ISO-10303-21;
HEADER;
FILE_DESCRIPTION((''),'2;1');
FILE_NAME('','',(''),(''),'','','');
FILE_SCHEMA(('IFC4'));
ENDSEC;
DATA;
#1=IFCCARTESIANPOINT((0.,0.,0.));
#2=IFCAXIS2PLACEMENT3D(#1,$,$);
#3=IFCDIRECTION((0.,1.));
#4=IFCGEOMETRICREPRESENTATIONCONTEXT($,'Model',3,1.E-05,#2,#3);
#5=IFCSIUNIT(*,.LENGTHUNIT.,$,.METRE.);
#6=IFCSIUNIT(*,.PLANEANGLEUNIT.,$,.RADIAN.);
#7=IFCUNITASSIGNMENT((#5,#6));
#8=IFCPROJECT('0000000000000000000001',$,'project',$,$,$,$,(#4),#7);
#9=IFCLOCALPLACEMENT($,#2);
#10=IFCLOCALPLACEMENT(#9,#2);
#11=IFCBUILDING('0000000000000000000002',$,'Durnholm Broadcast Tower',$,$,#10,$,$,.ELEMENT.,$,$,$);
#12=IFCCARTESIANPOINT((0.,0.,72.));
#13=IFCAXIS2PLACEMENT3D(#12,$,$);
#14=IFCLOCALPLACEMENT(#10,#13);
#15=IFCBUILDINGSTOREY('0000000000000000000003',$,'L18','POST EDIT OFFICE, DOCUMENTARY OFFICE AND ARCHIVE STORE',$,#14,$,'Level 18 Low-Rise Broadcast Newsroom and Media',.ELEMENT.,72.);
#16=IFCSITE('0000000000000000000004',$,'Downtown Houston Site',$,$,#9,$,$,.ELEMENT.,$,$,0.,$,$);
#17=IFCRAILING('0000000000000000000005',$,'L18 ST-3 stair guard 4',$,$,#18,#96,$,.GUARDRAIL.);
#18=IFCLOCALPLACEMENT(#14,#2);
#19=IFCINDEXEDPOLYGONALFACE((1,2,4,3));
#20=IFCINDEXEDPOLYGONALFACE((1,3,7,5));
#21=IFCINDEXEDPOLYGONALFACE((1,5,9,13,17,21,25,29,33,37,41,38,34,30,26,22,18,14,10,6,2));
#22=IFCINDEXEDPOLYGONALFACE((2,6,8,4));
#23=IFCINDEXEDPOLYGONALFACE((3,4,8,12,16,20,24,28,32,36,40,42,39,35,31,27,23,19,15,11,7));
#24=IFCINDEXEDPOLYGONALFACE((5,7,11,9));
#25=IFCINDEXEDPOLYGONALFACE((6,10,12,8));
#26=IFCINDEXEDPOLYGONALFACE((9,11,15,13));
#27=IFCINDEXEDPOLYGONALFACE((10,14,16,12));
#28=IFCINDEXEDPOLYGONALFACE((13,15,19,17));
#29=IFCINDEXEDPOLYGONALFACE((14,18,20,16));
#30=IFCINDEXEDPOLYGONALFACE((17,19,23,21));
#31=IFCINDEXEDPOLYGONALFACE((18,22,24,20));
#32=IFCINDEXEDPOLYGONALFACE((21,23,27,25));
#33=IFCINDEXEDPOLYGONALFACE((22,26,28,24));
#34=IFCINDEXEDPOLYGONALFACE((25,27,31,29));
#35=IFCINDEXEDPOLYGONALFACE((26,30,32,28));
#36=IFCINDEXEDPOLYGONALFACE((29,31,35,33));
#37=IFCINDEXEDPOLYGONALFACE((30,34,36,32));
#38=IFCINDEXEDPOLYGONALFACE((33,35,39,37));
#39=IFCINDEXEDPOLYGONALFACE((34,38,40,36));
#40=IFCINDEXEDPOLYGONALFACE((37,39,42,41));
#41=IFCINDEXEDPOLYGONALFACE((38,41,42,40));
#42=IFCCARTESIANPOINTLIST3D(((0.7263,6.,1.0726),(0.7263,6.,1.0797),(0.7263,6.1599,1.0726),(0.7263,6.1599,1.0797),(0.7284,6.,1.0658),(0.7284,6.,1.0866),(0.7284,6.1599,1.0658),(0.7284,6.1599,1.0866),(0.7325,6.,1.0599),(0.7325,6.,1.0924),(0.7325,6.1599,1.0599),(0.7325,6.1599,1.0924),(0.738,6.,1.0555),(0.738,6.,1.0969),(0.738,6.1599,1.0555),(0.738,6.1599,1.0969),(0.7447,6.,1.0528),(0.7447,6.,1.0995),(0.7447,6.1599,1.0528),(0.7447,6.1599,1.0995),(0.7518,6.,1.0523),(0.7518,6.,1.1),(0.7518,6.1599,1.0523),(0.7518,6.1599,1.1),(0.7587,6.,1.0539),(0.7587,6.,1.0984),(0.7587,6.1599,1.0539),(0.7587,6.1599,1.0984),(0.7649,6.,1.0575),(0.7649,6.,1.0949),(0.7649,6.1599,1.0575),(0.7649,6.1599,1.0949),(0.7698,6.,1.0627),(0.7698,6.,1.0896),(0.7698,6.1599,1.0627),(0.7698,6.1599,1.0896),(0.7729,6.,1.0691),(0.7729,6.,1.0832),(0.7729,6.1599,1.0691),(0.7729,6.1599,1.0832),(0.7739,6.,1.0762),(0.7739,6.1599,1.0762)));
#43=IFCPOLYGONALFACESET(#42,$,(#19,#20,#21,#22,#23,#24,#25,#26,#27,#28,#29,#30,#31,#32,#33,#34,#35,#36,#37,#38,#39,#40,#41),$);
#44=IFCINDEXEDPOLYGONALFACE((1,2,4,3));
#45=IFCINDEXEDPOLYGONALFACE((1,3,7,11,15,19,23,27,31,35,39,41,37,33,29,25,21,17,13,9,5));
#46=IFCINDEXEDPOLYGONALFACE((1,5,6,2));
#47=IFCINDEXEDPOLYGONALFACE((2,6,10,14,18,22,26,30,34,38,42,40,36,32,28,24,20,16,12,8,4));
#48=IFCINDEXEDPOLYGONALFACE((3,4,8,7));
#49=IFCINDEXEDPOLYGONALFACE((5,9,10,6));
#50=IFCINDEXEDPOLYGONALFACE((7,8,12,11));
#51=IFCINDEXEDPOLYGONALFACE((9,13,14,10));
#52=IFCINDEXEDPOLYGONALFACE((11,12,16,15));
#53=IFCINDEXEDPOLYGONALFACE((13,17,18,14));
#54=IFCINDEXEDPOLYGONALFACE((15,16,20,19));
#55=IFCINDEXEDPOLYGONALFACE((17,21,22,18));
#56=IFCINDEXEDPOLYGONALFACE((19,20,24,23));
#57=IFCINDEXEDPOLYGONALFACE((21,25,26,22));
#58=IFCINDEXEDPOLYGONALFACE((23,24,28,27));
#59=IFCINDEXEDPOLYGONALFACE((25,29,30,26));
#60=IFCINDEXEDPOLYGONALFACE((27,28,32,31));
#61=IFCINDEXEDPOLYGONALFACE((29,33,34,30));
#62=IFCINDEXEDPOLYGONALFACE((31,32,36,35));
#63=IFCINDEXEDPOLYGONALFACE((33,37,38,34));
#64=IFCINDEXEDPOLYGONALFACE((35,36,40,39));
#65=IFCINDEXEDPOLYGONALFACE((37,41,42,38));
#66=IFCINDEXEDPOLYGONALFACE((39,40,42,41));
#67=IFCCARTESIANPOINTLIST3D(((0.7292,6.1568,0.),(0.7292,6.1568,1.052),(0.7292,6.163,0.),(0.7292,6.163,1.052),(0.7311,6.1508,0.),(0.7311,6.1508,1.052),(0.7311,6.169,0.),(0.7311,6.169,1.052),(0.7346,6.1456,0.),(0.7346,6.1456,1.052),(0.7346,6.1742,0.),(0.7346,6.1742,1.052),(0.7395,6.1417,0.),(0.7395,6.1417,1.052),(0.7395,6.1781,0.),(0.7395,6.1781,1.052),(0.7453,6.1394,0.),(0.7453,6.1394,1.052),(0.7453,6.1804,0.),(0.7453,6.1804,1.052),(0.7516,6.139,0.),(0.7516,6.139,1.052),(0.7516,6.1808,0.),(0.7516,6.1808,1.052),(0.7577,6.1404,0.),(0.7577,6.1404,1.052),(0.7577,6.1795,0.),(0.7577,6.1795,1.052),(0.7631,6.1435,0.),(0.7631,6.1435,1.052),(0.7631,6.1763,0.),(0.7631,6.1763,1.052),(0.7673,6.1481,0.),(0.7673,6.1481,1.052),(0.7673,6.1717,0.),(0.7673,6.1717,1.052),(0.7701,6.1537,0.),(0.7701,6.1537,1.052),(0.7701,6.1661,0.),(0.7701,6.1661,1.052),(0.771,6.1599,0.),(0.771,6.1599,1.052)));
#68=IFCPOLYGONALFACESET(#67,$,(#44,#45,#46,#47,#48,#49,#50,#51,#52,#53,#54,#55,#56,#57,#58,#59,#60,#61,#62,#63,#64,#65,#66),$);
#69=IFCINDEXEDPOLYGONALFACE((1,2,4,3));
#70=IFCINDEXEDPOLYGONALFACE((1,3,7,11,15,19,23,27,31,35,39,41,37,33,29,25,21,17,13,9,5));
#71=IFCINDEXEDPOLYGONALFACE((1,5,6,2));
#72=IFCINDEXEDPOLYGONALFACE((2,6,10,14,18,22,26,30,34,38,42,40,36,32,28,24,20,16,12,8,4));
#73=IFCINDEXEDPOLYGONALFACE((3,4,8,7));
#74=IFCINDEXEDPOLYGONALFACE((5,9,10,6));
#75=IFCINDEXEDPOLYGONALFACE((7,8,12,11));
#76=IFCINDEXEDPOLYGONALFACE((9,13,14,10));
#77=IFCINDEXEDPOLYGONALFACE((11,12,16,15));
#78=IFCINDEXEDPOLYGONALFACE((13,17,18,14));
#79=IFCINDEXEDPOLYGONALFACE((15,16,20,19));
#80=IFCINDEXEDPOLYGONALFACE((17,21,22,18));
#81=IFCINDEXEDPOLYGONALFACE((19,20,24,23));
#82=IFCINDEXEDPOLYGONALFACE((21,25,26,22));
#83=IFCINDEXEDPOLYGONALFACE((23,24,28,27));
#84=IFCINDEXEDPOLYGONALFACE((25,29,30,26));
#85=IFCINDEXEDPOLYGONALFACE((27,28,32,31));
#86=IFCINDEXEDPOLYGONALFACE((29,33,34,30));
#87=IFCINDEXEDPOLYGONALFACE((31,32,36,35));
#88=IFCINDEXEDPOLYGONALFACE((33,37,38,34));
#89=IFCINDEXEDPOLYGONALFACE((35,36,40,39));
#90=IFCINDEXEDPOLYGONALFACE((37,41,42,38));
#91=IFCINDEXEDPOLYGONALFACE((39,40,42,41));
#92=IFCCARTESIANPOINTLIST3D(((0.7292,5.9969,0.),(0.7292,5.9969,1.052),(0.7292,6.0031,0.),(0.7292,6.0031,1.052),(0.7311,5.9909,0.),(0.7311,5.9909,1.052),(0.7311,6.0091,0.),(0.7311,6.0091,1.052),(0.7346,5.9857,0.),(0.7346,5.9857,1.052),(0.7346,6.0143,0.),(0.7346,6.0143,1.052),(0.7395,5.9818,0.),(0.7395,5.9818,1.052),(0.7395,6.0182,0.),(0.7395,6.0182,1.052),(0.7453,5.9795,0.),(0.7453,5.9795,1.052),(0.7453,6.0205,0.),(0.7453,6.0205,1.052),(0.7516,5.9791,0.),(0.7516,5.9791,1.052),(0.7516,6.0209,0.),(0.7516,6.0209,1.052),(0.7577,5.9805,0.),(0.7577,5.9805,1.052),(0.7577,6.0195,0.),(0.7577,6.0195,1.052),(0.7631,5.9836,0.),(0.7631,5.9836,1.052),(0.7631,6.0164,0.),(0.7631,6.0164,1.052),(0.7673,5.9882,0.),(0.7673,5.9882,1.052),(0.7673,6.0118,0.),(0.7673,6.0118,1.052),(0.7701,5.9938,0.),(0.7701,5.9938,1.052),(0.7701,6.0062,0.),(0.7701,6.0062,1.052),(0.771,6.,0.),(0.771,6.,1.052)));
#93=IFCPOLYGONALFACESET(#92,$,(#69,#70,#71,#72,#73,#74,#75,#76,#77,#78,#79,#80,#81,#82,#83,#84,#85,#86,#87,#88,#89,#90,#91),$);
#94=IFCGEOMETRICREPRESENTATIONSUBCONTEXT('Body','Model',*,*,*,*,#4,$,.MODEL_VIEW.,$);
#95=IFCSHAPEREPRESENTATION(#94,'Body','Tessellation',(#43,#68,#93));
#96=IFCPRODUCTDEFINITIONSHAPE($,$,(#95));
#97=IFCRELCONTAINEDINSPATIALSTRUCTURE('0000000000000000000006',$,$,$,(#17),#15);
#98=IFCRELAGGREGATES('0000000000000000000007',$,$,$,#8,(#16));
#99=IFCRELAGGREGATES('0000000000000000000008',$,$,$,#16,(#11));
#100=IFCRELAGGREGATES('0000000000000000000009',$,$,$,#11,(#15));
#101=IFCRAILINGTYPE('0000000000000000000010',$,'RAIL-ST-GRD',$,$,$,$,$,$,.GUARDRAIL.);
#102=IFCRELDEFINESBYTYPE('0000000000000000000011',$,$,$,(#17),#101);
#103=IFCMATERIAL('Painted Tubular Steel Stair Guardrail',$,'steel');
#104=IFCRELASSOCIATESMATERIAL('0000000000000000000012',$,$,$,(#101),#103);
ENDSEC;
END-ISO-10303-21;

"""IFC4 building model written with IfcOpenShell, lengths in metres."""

from ifc_helpers import new_model, si_unit, direction, frame, origin, origin_2d, place, context, subcontext, project, spatial, circle, extrude, material, type_object, element, save


model = new_model("IFC4")

# Units and contexts
model_context = context("Model", 3, precision=1e-05, world=origin(), true_north=direction((0.0, 1.0)))
body_context = subcontext(model_context, "Body", "Model", "MODEL_VIEW")
ifc_project = project(units=[si_unit("LENGTHUNIT", "METRE"), si_unit("PLANEANGLEUNIT", "RADIAN")], contexts=[model_context])

# Site, building, storey
site_placement = place(None, origin())
site = spatial("IfcSite", under=ifc_project, at=site_placement, Name="Downtown Houston Site", CompositionType="ELEMENT", RefElevation=0.0)
building_placement = place(site_placement, origin())
building = spatial("IfcBuilding", under=site, at=building_placement, Name="Durnholm Broadcast Tower", CompositionType="ELEMENT")
storey_placement = place(building_placement, frame((0.0, 0.0, 72.0)))
storey = spatial("IfcBuildingStorey", under=building, at=storey_placement, Name="L18", Description="POST EDIT OFFICE, DOCUMENTARY OFFICE AND ARCHIVE STORE", LongName="Level 18 Low-Rise Broadcast Newsroom and Media", CompositionType="ELEMENT", Elevation=72.0)

# Railing
ifc_material_1 = material(Name="Painted Tubular Steel Stair Guardrail", Category="steel")
railing_type_1 = type_object("IfcRailingType", Name="RAIL-ST-GRD", PredefinedType="GUARDRAIL", material=ifc_material_1)
railing_1_placement = place(storey_placement, frame((0.75, 6.1599, 0.0)))
element("IfcRailing", 1, at=railing_1_placement, inside=storey, type_object=railing_type_1, Name="L18 ST-3 stair guard 4", PredefinedType="GUARDRAIL", context=body_context, shape_type="SweptSolid", body=[
    extrude(circle(Radius=0.0239, at=origin_2d()), frame((0.0, 0.0, 1.0762), z_axis=(0.0, -1.0, 0.0), x_axis=(1.0, 0.0, 0.0)), (0.0, 0.0, 1.0), 0.1599),
    extrude(circle(Radius=0.021, at=origin_2d()), origin(), (0.0, 0.0, 1.0), 1.052),
    extrude(circle(Radius=0.021, at=origin_2d()), frame((0.0, -0.1599, 0.0)), (0.0, 0.0, 1.0), 1.052),
])

save(model, "model.ifc")
